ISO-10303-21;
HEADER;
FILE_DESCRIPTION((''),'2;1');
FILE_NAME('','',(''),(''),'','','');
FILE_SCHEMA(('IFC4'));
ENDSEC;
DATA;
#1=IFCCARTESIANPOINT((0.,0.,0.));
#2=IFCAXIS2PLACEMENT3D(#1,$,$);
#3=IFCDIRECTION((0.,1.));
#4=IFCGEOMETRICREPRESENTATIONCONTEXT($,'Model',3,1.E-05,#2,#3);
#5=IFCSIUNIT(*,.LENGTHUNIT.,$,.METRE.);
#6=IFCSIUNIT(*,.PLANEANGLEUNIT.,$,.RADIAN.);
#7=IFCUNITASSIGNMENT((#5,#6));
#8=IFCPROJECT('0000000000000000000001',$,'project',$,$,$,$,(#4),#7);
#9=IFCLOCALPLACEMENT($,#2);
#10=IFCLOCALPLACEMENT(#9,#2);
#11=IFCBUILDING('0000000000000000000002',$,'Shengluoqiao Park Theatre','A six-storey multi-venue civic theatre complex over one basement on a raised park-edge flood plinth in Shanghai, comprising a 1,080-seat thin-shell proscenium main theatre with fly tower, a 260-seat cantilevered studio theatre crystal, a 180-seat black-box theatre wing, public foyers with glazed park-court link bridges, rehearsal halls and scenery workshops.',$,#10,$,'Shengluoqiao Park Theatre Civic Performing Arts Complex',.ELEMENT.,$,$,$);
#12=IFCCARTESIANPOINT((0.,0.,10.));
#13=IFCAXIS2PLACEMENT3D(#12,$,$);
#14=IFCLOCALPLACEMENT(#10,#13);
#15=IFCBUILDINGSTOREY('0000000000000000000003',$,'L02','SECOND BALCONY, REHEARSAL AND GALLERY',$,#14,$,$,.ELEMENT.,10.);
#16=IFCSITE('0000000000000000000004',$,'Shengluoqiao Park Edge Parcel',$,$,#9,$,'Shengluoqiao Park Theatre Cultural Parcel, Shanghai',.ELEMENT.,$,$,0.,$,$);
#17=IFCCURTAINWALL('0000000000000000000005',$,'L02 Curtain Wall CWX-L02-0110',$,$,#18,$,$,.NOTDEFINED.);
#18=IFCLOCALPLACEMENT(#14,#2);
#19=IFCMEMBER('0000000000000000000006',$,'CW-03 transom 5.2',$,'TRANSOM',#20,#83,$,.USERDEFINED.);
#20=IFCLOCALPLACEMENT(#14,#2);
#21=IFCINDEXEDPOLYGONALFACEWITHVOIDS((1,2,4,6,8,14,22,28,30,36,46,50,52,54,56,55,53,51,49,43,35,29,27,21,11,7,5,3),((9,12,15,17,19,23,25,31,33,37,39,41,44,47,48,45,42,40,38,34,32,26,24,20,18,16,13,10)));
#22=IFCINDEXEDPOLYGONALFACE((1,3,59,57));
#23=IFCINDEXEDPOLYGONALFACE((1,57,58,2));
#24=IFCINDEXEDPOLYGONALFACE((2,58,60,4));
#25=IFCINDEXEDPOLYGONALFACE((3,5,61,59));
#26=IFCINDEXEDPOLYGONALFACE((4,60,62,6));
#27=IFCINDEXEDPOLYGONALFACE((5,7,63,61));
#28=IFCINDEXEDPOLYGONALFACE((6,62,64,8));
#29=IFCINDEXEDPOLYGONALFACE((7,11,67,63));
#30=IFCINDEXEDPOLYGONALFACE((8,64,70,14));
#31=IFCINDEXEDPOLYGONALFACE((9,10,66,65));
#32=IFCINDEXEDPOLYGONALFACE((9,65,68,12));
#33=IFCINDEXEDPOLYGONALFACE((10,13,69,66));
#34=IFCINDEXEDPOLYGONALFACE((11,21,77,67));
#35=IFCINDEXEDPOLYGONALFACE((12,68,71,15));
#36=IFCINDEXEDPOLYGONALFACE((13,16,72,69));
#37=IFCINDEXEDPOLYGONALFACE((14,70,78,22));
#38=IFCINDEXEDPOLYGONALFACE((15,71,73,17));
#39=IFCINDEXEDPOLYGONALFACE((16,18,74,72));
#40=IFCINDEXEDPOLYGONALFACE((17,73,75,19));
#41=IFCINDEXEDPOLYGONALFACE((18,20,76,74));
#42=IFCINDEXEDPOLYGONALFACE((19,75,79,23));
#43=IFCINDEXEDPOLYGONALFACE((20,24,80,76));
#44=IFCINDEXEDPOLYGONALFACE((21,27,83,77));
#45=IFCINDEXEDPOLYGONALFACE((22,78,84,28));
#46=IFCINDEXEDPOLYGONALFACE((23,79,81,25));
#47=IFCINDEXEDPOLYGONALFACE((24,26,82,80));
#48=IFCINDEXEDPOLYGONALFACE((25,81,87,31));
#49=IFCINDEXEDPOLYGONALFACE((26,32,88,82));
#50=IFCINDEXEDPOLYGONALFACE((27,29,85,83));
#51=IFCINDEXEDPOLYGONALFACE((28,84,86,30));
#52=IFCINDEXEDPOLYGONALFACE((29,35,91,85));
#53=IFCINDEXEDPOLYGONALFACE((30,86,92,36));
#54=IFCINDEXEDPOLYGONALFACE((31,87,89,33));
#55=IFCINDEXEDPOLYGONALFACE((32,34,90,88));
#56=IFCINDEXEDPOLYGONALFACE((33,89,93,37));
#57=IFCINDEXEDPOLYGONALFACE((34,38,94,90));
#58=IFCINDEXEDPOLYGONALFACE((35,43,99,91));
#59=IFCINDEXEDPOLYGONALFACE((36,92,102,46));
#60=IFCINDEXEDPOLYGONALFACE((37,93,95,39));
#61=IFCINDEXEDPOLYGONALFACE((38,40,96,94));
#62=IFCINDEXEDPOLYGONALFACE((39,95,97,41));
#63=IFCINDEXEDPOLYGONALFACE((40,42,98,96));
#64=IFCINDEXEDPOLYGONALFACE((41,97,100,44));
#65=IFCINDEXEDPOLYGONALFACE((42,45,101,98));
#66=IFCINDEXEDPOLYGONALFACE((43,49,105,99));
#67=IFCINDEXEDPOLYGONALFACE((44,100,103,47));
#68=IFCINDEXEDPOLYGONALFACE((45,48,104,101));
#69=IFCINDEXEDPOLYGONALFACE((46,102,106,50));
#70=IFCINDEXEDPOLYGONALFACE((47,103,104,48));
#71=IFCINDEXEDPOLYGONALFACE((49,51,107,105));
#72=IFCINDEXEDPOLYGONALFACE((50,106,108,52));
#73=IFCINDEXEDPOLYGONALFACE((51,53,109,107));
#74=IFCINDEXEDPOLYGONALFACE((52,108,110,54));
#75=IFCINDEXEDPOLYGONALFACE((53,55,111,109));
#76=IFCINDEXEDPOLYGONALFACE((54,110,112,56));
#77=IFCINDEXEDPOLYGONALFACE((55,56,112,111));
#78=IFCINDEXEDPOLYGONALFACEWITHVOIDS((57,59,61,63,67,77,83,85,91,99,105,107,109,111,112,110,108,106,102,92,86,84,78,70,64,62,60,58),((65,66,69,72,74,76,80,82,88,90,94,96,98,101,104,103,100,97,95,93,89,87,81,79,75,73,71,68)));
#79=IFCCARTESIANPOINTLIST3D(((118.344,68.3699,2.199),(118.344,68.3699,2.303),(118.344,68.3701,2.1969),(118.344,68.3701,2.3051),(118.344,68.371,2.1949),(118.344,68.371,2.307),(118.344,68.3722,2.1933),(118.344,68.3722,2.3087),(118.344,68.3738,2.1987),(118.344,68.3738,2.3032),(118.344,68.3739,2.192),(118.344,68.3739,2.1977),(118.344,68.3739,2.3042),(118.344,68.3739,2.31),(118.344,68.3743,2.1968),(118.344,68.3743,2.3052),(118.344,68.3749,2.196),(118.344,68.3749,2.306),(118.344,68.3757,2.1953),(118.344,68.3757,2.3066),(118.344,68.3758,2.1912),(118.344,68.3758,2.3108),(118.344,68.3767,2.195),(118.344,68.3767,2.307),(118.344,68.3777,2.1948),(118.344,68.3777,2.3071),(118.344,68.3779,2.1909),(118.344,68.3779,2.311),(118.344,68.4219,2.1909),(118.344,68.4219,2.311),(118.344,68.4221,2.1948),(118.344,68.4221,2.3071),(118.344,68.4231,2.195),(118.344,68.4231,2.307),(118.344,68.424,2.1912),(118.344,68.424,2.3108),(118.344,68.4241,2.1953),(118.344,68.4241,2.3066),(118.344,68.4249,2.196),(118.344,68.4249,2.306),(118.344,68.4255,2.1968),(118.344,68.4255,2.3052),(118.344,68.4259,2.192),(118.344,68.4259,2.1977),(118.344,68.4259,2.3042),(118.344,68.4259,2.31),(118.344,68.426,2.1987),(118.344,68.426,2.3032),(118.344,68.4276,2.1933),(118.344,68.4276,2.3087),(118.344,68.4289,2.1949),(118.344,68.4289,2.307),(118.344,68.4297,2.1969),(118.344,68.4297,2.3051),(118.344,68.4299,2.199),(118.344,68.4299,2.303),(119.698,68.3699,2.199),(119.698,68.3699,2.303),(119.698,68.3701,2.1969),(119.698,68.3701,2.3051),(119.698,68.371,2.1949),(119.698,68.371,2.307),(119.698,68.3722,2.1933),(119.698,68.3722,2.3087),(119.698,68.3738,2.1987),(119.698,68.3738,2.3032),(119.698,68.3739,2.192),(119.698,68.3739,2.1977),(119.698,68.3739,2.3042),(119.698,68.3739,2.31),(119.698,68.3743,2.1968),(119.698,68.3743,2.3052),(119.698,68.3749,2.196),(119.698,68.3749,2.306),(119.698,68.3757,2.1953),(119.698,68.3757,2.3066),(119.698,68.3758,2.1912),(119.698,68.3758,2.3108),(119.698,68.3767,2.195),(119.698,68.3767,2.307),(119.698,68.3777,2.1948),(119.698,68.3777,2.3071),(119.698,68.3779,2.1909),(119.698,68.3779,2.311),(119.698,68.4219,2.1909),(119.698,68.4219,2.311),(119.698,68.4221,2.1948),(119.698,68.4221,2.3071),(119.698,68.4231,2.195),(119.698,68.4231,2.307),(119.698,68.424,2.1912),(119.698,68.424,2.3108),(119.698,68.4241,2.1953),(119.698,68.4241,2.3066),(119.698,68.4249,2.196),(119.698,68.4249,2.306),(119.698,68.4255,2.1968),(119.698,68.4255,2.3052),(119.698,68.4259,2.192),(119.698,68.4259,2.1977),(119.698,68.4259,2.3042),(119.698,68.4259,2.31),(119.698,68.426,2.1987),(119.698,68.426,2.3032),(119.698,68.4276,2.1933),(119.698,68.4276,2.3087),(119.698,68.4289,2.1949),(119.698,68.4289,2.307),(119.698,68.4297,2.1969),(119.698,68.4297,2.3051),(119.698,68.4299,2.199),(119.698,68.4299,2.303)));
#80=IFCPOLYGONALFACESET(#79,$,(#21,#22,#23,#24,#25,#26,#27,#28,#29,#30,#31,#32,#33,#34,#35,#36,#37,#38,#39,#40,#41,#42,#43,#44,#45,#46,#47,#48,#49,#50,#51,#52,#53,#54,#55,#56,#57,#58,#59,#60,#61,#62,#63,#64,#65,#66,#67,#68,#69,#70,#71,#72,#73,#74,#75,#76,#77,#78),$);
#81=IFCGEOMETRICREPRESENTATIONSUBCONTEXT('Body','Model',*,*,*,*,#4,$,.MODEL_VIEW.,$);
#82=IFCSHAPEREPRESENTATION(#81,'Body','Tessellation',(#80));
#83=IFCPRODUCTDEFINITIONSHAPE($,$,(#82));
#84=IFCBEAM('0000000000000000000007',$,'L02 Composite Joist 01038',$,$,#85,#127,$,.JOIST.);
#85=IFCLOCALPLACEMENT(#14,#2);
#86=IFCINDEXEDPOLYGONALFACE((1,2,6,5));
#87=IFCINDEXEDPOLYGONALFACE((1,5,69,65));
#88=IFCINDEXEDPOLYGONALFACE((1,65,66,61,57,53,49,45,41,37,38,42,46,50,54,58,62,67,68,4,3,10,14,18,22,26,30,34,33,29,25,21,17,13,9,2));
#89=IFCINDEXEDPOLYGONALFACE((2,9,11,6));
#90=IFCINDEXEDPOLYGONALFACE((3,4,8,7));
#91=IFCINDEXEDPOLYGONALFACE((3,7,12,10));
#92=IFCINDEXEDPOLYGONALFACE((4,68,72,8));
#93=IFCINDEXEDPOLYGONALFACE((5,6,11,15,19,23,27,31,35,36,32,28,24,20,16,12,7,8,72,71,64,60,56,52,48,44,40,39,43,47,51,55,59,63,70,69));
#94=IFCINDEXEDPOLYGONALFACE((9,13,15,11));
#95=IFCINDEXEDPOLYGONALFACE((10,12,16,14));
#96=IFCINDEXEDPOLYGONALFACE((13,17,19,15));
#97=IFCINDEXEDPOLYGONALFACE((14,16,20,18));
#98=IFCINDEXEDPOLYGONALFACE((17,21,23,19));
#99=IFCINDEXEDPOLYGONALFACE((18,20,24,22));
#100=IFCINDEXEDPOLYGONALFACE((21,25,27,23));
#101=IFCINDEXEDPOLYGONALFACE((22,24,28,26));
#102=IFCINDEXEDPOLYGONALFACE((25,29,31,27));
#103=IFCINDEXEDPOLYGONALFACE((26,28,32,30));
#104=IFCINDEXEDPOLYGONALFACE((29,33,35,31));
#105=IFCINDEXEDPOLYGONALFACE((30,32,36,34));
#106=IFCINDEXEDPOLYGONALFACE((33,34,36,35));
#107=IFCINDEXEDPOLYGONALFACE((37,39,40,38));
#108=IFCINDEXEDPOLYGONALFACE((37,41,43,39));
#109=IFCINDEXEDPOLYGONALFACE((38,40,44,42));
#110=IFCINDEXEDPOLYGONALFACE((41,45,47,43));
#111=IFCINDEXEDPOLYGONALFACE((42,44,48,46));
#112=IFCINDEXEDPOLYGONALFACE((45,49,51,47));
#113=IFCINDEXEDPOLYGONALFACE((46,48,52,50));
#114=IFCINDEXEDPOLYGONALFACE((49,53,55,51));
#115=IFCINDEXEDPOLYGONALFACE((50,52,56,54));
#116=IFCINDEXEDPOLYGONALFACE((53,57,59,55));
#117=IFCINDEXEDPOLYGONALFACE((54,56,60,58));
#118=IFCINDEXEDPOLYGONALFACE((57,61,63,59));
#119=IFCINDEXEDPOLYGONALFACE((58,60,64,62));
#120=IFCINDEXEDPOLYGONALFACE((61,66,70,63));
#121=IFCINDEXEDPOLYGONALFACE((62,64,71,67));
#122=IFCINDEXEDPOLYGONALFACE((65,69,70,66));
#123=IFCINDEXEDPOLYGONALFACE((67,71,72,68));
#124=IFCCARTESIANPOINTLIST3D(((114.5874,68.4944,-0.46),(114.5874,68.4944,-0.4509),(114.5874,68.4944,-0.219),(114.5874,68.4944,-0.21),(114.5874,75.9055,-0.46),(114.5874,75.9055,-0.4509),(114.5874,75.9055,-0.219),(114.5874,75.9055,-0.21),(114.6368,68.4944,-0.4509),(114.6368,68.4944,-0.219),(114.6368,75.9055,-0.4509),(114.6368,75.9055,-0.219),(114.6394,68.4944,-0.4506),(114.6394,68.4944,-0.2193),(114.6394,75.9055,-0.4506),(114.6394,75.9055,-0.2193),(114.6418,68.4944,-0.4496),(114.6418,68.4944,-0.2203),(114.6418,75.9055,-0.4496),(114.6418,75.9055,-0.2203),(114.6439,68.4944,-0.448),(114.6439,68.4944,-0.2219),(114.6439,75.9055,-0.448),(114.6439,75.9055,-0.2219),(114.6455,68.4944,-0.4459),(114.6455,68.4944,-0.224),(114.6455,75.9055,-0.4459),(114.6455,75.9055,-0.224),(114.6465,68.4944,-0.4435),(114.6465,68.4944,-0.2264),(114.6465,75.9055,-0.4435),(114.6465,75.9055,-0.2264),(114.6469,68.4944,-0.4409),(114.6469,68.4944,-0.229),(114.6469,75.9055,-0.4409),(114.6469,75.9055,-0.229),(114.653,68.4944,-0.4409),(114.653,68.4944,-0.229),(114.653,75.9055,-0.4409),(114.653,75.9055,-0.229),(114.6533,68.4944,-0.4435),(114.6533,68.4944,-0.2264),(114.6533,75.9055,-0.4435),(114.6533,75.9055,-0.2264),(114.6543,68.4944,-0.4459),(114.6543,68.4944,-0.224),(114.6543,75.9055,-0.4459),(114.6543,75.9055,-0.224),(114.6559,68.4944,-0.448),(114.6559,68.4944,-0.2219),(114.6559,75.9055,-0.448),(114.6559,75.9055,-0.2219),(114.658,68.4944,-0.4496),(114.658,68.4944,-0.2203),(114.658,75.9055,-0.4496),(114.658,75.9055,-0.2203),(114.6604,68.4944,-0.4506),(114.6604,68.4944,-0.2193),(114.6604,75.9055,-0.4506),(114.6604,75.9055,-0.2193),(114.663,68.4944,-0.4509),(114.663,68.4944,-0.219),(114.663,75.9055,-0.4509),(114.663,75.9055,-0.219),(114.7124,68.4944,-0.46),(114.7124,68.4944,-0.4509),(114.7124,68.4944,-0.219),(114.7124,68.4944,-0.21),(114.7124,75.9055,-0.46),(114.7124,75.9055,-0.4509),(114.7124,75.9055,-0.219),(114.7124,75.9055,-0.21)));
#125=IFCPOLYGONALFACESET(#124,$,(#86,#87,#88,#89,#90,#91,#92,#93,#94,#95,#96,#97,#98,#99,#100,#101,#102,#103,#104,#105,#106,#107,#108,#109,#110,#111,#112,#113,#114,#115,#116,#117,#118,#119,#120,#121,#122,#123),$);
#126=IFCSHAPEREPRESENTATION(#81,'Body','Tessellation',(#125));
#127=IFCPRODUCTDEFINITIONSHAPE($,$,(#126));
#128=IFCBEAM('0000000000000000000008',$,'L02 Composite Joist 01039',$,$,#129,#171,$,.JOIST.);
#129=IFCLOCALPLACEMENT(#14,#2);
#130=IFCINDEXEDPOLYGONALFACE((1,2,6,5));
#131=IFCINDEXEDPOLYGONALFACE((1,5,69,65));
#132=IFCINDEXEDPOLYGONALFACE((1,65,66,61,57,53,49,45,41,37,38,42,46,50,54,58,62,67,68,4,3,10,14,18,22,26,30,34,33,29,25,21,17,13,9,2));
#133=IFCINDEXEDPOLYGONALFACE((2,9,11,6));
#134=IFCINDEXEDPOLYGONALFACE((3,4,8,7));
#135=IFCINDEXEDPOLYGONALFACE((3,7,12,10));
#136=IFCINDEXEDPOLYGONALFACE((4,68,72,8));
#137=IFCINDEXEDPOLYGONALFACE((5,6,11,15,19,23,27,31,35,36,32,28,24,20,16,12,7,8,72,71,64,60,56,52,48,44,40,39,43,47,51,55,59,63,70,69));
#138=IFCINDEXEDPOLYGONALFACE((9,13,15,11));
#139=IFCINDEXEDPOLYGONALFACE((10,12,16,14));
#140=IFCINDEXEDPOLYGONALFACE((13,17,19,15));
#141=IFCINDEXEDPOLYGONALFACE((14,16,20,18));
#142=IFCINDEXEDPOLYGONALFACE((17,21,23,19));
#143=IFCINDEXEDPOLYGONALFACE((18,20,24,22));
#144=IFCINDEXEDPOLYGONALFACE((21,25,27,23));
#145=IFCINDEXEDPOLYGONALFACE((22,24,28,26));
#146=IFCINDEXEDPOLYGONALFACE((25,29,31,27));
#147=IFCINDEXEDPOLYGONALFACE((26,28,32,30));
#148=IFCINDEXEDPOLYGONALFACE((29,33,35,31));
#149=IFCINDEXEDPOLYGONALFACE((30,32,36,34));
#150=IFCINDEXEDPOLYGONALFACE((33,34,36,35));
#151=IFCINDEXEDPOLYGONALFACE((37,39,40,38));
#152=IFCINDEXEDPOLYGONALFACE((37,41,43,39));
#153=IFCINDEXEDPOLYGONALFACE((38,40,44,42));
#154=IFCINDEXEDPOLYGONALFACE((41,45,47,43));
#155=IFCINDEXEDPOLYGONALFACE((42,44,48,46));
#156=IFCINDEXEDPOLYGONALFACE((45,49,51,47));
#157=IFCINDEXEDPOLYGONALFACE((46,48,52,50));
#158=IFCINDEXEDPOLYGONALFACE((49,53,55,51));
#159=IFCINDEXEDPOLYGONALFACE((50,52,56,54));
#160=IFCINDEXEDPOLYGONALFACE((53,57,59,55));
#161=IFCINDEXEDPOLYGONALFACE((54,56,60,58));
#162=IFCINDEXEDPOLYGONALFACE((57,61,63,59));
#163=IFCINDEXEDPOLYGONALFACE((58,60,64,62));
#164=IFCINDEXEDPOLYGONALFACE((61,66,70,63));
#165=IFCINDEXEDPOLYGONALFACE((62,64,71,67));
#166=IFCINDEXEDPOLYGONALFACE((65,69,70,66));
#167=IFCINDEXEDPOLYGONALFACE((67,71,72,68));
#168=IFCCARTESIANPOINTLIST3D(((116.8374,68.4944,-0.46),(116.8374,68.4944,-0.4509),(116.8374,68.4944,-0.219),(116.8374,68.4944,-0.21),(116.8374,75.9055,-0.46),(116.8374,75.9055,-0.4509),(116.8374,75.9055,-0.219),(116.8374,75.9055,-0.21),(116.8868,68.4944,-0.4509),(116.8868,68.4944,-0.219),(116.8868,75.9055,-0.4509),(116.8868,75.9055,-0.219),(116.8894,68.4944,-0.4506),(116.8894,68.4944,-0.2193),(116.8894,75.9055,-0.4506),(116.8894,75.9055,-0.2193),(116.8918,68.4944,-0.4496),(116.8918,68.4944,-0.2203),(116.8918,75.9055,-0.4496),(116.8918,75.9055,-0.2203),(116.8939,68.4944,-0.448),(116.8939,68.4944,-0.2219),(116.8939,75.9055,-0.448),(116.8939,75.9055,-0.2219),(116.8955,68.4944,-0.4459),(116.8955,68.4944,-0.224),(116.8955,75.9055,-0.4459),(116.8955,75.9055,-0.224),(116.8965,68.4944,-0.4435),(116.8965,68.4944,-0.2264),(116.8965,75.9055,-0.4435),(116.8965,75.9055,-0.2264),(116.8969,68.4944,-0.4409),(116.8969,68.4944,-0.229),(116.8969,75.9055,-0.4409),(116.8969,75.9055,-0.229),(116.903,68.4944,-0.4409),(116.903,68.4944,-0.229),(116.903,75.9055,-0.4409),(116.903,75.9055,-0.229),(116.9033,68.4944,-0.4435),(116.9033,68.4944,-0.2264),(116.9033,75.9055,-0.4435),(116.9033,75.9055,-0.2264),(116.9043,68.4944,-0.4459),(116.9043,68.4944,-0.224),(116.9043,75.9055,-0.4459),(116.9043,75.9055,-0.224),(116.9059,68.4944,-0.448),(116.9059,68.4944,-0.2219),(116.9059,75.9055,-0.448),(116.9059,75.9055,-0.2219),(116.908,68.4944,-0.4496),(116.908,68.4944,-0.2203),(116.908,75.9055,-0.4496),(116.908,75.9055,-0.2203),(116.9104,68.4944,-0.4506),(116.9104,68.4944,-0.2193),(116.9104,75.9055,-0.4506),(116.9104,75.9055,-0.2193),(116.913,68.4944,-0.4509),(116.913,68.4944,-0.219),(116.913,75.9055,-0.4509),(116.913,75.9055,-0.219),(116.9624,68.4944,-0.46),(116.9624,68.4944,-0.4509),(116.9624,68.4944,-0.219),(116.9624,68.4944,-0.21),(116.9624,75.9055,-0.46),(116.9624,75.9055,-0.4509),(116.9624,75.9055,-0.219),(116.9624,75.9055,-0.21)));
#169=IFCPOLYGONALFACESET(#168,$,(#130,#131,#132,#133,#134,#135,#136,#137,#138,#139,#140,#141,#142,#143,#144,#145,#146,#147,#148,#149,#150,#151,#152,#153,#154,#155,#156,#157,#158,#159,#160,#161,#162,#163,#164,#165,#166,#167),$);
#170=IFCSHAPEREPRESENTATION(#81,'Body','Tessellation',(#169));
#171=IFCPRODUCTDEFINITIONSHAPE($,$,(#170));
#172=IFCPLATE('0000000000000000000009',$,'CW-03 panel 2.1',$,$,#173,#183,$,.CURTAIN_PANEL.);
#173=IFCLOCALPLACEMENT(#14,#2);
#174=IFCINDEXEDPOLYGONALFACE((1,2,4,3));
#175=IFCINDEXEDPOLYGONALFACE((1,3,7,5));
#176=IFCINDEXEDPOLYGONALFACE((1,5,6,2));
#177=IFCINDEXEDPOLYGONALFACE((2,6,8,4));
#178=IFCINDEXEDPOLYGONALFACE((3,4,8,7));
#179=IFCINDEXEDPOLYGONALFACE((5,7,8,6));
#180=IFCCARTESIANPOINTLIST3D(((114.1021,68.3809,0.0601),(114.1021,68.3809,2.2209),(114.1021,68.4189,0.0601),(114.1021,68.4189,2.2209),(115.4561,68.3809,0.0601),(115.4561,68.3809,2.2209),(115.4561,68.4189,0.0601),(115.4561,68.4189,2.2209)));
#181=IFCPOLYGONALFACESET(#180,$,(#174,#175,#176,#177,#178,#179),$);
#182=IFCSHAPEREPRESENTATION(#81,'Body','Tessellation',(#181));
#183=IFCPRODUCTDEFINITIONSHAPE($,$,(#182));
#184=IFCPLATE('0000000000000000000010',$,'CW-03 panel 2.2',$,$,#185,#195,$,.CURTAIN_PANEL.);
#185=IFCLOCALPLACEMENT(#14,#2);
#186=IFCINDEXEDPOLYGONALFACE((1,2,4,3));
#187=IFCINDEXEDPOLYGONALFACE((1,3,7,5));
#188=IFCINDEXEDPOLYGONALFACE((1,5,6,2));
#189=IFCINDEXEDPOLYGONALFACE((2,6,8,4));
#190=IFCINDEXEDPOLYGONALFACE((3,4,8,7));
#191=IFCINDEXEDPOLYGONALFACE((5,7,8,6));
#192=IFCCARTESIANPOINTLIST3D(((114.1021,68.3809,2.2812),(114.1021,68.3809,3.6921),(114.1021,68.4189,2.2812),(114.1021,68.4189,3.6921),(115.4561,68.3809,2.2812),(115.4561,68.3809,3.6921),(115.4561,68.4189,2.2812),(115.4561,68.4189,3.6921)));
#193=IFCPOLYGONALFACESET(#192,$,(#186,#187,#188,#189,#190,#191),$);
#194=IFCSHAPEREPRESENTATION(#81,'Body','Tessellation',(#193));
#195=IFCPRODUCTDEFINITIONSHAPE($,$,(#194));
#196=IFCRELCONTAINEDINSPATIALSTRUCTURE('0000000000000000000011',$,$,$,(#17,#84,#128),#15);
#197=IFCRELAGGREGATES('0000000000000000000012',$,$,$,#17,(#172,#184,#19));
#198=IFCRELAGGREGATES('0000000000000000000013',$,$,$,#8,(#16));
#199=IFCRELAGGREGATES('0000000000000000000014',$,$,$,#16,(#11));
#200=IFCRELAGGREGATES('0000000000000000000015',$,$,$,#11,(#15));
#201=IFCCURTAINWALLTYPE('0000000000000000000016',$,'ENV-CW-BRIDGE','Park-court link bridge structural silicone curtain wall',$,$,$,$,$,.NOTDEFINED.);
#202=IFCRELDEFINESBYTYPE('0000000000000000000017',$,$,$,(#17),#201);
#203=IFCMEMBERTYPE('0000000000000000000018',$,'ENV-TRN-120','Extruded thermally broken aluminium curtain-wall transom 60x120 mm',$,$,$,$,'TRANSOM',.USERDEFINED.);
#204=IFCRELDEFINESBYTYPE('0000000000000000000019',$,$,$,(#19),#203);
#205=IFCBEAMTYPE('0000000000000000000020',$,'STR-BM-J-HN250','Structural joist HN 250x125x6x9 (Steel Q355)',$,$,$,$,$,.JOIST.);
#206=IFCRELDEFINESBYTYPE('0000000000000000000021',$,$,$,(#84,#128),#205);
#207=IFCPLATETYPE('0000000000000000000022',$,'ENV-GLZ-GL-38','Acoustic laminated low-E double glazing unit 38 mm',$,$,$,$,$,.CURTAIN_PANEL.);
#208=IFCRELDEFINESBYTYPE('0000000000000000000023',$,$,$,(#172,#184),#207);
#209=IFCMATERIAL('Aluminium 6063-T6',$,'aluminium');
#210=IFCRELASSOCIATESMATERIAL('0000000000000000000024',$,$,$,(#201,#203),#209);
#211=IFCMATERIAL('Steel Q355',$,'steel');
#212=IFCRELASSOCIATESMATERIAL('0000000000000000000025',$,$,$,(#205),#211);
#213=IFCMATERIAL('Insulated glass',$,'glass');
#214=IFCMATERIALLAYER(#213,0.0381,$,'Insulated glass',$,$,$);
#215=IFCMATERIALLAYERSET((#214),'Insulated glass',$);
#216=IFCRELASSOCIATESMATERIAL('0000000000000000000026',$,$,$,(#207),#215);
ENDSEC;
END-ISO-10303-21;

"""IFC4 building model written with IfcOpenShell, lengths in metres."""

from ifc_helpers import new_model, si_unit, direction, frame, origin, origin_2d, place, context, subcontext, project, spatial, rectangle, hollow_rectangle, i_section, extrude, material, layer, layer_set, material_profile, profile_set, type_object, element, aggregate, save


model = new_model("IFC4")

# Units and contexts
model_context = context("Model", 3, precision=1e-05, world=origin(), true_north=direction((0.0, 1.0)))
body_context = subcontext(model_context, "Body", "Model", "MODEL_VIEW")
ifc_project = project(units=[si_unit("LENGTHUNIT", "METRE"), si_unit("PLANEANGLEUNIT", "RADIAN")], contexts=[model_context])

# Site, building, storey
site_placement = place(None, origin())
site = spatial("IfcSite", under=ifc_project, at=site_placement, Name="Shengluoqiao Park Edge Parcel", LongName="Shengluoqiao Park Theatre Cultural Parcel, Shanghai", CompositionType="ELEMENT", RefElevation=0.0)
building_placement = place(site_placement, origin())
building = spatial("IfcBuilding", under=site, at=building_placement, Name="Shengluoqiao Park Theatre", Description="A six-storey multi-venue civic theatre complex over one basement on a raised park-edge flood plinth in Shanghai, comprising a 1,080-seat thin-shell proscenium main theatre with fly tower, a 260-seat cantilevered studio theatre crystal, a 180-seat black-box theatre wing, public foyers with glazed park-court link bridges, rehearsal halls and scenery workshops.", LongName="Shengluoqiao Park Theatre Civic Performing Arts Complex", CompositionType="ELEMENT")
storey_placement = place(building_placement, frame((0.0, 0.0, 10.0)))
storey = spatial("IfcBuildingStorey", under=building, at=storey_placement, Name="L02", Description="SECOND BALCONY, REHEARSAL AND GALLERY", CompositionType="ELEMENT", Elevation=10.0)

# Curtain wall, member
ifc_material_1 = material(Name="Aluminium 6063-T6", Category="aluminium")
curtain_wall_type = type_object("IfcCurtainWallType", Name="ENV-CW-BRIDGE", Description="Park-court link bridge structural silicone curtain wall", PredefinedType="NOTDEFINED", material=ifc_material_1)
curtain_wall_placement = place(storey_placement, origin())
curtain_wall = element("IfcCurtainWall", 1, at=curtain_wall_placement, inside=storey, type_object=curtain_wall_type, Name="L02 Curtain Wall CWX-L02-0110", PredefinedType="NOTDEFINED")
ifc_material_profile_1 = material_profile(ifc_material_1, hollow_rectangle(XDim=0.0601, YDim=0.1201, WallThickness=0.0039, InnerFilletRadius=0.0039, OuterFilletRadius=0.0081, at=origin_2d()), Name="ALU TRANSOM 120x60x4")
ifc_profile_set_1 = profile_set([ifc_material_profile_1], Name="Aluminium 6063-T6")
member_type_1 = type_object("IfcMemberType", Name="ENV-TRN-120", Description="Extruded thermally broken aluminium curtain-wall transom 60x120 mm", ElementType="TRANSOM", PredefinedType="USERDEFINED", material=ifc_profile_set_1)
member_1_placement = place(storey_placement, frame((118.344, 68.3999, 2.251), z_axis=(1.0, 0.0, 0.0), x_axis=(0.0, 1.0, 0.0)))
member_1 = element("IfcMember", 2, at=member_1_placement, type_object=member_type_1, Name="CW-03 transom 5.2", ObjectType="TRANSOM", PredefinedType="USERDEFINED", context=body_context, shape_type="SweptSolid", body=[
    extrude(hollow_rectangle(XDim=0.0601, YDim=0.1201, WallThickness=0.0039, InnerFilletRadius=0.0039, OuterFilletRadius=0.0081, at=origin_2d()), origin(), (0.0, 0.0, 1.0), 1.354),
])

# Beams
ifc_material_2 = material(Name="Steel Q355", Category="steel")
ifc_material_profile_2 = material_profile(ifc_material_2, i_section(OverallWidth=0.125, OverallDepth=0.25, WebThickness=0.0061, FlangeThickness=0.009, FilletRadius=0.01, at=origin_2d()), Name="HN 250x125x6x9")
ifc_profile_set_2 = profile_set([ifc_material_profile_2], Name="Steel Q355")
beam_type = type_object("IfcBeamType", Name="STR-BM-J-HN250", Description="Structural joist HN 250x125x6x9 (Steel Q355)", PredefinedType="JOIST", material=ifc_profile_set_2)
for number, where, z_axis, x_axis, name in (
    (3, (114.6499, 68.4944, -0.335), (0.0, 1.0, 0.0), (-1.0, 0.0, 0.0), "L02 Composite Joist 01038"),
    (4, (116.8999, 68.4944, -0.335), (0.0, 1.0, 0.0), (-1.0, 0.0, 0.0), "L02 Composite Joist 01039"),
):
    element("IfcBeam", number, at=place(storey_placement, frame(where, z_axis=z_axis, x_axis=x_axis)), inside=storey, type_object=beam_type, Name=name, PredefinedType="JOIST", context=body_context, shape_type="SweptSolid", body=[
        extrude(i_section(OverallWidth=0.125, OverallDepth=0.25, WebThickness=0.0061, FlangeThickness=0.009, FilletRadius=0.01, at=origin_2d()), origin(), (0.0, 0.0, 1.0), 7.4111),
    ])

# Plates
ifc_material_3 = material(Name="Insulated glass", Category="glass")
ifc_layer = layer(ifc_material_3, 0.0381, Name="Insulated glass")
ifc_layer_set = layer_set([ifc_layer], Name="Insulated glass")
plate_type = type_object("IfcPlateType", Name="ENV-GLZ-GL-38", Description="Acoustic laminated low-E double glazing unit 38 mm", PredefinedType="CURTAIN_PANEL", material=ifc_layer_set)
plate_1_placement = place(storey_placement, frame((114.7791, 68.3999, 0.0601), z_axis=(0.0, 0.0, 1.0), x_axis=(1.0, 0.0, 0.0)))
plate_1 = element("IfcPlate", 5, at=plate_1_placement, type_object=plate_type, Name="CW-03 panel 2.1", PredefinedType="CURTAIN_PANEL", context=body_context, shape_type="SweptSolid", body=[
    extrude(rectangle(XDim=1.354, YDim=0.0381, at=origin_2d()), origin(), (0.0, 0.0, 1.0), 2.1609),
])
plate_2_placement = place(storey_placement, frame((114.7791, 68.3999, 2.2812), z_axis=(0.0, 0.0, 1.0), x_axis=(1.0, 0.0, 0.0)))
plate_2 = element("IfcPlate", 6, at=plate_2_placement, type_object=plate_type, Name="CW-03 panel 2.2", PredefinedType="CURTAIN_PANEL", context=body_context, shape_type="SweptSolid", body=[
    extrude(rectangle(XDim=1.354, YDim=0.0381, at=origin_2d()), origin(), (0.0, 0.0, 1.0), 1.4109),
])
aggregate(curtain_wall, [plate_1, plate_2, member_1])

save(model, "model.ifc")
